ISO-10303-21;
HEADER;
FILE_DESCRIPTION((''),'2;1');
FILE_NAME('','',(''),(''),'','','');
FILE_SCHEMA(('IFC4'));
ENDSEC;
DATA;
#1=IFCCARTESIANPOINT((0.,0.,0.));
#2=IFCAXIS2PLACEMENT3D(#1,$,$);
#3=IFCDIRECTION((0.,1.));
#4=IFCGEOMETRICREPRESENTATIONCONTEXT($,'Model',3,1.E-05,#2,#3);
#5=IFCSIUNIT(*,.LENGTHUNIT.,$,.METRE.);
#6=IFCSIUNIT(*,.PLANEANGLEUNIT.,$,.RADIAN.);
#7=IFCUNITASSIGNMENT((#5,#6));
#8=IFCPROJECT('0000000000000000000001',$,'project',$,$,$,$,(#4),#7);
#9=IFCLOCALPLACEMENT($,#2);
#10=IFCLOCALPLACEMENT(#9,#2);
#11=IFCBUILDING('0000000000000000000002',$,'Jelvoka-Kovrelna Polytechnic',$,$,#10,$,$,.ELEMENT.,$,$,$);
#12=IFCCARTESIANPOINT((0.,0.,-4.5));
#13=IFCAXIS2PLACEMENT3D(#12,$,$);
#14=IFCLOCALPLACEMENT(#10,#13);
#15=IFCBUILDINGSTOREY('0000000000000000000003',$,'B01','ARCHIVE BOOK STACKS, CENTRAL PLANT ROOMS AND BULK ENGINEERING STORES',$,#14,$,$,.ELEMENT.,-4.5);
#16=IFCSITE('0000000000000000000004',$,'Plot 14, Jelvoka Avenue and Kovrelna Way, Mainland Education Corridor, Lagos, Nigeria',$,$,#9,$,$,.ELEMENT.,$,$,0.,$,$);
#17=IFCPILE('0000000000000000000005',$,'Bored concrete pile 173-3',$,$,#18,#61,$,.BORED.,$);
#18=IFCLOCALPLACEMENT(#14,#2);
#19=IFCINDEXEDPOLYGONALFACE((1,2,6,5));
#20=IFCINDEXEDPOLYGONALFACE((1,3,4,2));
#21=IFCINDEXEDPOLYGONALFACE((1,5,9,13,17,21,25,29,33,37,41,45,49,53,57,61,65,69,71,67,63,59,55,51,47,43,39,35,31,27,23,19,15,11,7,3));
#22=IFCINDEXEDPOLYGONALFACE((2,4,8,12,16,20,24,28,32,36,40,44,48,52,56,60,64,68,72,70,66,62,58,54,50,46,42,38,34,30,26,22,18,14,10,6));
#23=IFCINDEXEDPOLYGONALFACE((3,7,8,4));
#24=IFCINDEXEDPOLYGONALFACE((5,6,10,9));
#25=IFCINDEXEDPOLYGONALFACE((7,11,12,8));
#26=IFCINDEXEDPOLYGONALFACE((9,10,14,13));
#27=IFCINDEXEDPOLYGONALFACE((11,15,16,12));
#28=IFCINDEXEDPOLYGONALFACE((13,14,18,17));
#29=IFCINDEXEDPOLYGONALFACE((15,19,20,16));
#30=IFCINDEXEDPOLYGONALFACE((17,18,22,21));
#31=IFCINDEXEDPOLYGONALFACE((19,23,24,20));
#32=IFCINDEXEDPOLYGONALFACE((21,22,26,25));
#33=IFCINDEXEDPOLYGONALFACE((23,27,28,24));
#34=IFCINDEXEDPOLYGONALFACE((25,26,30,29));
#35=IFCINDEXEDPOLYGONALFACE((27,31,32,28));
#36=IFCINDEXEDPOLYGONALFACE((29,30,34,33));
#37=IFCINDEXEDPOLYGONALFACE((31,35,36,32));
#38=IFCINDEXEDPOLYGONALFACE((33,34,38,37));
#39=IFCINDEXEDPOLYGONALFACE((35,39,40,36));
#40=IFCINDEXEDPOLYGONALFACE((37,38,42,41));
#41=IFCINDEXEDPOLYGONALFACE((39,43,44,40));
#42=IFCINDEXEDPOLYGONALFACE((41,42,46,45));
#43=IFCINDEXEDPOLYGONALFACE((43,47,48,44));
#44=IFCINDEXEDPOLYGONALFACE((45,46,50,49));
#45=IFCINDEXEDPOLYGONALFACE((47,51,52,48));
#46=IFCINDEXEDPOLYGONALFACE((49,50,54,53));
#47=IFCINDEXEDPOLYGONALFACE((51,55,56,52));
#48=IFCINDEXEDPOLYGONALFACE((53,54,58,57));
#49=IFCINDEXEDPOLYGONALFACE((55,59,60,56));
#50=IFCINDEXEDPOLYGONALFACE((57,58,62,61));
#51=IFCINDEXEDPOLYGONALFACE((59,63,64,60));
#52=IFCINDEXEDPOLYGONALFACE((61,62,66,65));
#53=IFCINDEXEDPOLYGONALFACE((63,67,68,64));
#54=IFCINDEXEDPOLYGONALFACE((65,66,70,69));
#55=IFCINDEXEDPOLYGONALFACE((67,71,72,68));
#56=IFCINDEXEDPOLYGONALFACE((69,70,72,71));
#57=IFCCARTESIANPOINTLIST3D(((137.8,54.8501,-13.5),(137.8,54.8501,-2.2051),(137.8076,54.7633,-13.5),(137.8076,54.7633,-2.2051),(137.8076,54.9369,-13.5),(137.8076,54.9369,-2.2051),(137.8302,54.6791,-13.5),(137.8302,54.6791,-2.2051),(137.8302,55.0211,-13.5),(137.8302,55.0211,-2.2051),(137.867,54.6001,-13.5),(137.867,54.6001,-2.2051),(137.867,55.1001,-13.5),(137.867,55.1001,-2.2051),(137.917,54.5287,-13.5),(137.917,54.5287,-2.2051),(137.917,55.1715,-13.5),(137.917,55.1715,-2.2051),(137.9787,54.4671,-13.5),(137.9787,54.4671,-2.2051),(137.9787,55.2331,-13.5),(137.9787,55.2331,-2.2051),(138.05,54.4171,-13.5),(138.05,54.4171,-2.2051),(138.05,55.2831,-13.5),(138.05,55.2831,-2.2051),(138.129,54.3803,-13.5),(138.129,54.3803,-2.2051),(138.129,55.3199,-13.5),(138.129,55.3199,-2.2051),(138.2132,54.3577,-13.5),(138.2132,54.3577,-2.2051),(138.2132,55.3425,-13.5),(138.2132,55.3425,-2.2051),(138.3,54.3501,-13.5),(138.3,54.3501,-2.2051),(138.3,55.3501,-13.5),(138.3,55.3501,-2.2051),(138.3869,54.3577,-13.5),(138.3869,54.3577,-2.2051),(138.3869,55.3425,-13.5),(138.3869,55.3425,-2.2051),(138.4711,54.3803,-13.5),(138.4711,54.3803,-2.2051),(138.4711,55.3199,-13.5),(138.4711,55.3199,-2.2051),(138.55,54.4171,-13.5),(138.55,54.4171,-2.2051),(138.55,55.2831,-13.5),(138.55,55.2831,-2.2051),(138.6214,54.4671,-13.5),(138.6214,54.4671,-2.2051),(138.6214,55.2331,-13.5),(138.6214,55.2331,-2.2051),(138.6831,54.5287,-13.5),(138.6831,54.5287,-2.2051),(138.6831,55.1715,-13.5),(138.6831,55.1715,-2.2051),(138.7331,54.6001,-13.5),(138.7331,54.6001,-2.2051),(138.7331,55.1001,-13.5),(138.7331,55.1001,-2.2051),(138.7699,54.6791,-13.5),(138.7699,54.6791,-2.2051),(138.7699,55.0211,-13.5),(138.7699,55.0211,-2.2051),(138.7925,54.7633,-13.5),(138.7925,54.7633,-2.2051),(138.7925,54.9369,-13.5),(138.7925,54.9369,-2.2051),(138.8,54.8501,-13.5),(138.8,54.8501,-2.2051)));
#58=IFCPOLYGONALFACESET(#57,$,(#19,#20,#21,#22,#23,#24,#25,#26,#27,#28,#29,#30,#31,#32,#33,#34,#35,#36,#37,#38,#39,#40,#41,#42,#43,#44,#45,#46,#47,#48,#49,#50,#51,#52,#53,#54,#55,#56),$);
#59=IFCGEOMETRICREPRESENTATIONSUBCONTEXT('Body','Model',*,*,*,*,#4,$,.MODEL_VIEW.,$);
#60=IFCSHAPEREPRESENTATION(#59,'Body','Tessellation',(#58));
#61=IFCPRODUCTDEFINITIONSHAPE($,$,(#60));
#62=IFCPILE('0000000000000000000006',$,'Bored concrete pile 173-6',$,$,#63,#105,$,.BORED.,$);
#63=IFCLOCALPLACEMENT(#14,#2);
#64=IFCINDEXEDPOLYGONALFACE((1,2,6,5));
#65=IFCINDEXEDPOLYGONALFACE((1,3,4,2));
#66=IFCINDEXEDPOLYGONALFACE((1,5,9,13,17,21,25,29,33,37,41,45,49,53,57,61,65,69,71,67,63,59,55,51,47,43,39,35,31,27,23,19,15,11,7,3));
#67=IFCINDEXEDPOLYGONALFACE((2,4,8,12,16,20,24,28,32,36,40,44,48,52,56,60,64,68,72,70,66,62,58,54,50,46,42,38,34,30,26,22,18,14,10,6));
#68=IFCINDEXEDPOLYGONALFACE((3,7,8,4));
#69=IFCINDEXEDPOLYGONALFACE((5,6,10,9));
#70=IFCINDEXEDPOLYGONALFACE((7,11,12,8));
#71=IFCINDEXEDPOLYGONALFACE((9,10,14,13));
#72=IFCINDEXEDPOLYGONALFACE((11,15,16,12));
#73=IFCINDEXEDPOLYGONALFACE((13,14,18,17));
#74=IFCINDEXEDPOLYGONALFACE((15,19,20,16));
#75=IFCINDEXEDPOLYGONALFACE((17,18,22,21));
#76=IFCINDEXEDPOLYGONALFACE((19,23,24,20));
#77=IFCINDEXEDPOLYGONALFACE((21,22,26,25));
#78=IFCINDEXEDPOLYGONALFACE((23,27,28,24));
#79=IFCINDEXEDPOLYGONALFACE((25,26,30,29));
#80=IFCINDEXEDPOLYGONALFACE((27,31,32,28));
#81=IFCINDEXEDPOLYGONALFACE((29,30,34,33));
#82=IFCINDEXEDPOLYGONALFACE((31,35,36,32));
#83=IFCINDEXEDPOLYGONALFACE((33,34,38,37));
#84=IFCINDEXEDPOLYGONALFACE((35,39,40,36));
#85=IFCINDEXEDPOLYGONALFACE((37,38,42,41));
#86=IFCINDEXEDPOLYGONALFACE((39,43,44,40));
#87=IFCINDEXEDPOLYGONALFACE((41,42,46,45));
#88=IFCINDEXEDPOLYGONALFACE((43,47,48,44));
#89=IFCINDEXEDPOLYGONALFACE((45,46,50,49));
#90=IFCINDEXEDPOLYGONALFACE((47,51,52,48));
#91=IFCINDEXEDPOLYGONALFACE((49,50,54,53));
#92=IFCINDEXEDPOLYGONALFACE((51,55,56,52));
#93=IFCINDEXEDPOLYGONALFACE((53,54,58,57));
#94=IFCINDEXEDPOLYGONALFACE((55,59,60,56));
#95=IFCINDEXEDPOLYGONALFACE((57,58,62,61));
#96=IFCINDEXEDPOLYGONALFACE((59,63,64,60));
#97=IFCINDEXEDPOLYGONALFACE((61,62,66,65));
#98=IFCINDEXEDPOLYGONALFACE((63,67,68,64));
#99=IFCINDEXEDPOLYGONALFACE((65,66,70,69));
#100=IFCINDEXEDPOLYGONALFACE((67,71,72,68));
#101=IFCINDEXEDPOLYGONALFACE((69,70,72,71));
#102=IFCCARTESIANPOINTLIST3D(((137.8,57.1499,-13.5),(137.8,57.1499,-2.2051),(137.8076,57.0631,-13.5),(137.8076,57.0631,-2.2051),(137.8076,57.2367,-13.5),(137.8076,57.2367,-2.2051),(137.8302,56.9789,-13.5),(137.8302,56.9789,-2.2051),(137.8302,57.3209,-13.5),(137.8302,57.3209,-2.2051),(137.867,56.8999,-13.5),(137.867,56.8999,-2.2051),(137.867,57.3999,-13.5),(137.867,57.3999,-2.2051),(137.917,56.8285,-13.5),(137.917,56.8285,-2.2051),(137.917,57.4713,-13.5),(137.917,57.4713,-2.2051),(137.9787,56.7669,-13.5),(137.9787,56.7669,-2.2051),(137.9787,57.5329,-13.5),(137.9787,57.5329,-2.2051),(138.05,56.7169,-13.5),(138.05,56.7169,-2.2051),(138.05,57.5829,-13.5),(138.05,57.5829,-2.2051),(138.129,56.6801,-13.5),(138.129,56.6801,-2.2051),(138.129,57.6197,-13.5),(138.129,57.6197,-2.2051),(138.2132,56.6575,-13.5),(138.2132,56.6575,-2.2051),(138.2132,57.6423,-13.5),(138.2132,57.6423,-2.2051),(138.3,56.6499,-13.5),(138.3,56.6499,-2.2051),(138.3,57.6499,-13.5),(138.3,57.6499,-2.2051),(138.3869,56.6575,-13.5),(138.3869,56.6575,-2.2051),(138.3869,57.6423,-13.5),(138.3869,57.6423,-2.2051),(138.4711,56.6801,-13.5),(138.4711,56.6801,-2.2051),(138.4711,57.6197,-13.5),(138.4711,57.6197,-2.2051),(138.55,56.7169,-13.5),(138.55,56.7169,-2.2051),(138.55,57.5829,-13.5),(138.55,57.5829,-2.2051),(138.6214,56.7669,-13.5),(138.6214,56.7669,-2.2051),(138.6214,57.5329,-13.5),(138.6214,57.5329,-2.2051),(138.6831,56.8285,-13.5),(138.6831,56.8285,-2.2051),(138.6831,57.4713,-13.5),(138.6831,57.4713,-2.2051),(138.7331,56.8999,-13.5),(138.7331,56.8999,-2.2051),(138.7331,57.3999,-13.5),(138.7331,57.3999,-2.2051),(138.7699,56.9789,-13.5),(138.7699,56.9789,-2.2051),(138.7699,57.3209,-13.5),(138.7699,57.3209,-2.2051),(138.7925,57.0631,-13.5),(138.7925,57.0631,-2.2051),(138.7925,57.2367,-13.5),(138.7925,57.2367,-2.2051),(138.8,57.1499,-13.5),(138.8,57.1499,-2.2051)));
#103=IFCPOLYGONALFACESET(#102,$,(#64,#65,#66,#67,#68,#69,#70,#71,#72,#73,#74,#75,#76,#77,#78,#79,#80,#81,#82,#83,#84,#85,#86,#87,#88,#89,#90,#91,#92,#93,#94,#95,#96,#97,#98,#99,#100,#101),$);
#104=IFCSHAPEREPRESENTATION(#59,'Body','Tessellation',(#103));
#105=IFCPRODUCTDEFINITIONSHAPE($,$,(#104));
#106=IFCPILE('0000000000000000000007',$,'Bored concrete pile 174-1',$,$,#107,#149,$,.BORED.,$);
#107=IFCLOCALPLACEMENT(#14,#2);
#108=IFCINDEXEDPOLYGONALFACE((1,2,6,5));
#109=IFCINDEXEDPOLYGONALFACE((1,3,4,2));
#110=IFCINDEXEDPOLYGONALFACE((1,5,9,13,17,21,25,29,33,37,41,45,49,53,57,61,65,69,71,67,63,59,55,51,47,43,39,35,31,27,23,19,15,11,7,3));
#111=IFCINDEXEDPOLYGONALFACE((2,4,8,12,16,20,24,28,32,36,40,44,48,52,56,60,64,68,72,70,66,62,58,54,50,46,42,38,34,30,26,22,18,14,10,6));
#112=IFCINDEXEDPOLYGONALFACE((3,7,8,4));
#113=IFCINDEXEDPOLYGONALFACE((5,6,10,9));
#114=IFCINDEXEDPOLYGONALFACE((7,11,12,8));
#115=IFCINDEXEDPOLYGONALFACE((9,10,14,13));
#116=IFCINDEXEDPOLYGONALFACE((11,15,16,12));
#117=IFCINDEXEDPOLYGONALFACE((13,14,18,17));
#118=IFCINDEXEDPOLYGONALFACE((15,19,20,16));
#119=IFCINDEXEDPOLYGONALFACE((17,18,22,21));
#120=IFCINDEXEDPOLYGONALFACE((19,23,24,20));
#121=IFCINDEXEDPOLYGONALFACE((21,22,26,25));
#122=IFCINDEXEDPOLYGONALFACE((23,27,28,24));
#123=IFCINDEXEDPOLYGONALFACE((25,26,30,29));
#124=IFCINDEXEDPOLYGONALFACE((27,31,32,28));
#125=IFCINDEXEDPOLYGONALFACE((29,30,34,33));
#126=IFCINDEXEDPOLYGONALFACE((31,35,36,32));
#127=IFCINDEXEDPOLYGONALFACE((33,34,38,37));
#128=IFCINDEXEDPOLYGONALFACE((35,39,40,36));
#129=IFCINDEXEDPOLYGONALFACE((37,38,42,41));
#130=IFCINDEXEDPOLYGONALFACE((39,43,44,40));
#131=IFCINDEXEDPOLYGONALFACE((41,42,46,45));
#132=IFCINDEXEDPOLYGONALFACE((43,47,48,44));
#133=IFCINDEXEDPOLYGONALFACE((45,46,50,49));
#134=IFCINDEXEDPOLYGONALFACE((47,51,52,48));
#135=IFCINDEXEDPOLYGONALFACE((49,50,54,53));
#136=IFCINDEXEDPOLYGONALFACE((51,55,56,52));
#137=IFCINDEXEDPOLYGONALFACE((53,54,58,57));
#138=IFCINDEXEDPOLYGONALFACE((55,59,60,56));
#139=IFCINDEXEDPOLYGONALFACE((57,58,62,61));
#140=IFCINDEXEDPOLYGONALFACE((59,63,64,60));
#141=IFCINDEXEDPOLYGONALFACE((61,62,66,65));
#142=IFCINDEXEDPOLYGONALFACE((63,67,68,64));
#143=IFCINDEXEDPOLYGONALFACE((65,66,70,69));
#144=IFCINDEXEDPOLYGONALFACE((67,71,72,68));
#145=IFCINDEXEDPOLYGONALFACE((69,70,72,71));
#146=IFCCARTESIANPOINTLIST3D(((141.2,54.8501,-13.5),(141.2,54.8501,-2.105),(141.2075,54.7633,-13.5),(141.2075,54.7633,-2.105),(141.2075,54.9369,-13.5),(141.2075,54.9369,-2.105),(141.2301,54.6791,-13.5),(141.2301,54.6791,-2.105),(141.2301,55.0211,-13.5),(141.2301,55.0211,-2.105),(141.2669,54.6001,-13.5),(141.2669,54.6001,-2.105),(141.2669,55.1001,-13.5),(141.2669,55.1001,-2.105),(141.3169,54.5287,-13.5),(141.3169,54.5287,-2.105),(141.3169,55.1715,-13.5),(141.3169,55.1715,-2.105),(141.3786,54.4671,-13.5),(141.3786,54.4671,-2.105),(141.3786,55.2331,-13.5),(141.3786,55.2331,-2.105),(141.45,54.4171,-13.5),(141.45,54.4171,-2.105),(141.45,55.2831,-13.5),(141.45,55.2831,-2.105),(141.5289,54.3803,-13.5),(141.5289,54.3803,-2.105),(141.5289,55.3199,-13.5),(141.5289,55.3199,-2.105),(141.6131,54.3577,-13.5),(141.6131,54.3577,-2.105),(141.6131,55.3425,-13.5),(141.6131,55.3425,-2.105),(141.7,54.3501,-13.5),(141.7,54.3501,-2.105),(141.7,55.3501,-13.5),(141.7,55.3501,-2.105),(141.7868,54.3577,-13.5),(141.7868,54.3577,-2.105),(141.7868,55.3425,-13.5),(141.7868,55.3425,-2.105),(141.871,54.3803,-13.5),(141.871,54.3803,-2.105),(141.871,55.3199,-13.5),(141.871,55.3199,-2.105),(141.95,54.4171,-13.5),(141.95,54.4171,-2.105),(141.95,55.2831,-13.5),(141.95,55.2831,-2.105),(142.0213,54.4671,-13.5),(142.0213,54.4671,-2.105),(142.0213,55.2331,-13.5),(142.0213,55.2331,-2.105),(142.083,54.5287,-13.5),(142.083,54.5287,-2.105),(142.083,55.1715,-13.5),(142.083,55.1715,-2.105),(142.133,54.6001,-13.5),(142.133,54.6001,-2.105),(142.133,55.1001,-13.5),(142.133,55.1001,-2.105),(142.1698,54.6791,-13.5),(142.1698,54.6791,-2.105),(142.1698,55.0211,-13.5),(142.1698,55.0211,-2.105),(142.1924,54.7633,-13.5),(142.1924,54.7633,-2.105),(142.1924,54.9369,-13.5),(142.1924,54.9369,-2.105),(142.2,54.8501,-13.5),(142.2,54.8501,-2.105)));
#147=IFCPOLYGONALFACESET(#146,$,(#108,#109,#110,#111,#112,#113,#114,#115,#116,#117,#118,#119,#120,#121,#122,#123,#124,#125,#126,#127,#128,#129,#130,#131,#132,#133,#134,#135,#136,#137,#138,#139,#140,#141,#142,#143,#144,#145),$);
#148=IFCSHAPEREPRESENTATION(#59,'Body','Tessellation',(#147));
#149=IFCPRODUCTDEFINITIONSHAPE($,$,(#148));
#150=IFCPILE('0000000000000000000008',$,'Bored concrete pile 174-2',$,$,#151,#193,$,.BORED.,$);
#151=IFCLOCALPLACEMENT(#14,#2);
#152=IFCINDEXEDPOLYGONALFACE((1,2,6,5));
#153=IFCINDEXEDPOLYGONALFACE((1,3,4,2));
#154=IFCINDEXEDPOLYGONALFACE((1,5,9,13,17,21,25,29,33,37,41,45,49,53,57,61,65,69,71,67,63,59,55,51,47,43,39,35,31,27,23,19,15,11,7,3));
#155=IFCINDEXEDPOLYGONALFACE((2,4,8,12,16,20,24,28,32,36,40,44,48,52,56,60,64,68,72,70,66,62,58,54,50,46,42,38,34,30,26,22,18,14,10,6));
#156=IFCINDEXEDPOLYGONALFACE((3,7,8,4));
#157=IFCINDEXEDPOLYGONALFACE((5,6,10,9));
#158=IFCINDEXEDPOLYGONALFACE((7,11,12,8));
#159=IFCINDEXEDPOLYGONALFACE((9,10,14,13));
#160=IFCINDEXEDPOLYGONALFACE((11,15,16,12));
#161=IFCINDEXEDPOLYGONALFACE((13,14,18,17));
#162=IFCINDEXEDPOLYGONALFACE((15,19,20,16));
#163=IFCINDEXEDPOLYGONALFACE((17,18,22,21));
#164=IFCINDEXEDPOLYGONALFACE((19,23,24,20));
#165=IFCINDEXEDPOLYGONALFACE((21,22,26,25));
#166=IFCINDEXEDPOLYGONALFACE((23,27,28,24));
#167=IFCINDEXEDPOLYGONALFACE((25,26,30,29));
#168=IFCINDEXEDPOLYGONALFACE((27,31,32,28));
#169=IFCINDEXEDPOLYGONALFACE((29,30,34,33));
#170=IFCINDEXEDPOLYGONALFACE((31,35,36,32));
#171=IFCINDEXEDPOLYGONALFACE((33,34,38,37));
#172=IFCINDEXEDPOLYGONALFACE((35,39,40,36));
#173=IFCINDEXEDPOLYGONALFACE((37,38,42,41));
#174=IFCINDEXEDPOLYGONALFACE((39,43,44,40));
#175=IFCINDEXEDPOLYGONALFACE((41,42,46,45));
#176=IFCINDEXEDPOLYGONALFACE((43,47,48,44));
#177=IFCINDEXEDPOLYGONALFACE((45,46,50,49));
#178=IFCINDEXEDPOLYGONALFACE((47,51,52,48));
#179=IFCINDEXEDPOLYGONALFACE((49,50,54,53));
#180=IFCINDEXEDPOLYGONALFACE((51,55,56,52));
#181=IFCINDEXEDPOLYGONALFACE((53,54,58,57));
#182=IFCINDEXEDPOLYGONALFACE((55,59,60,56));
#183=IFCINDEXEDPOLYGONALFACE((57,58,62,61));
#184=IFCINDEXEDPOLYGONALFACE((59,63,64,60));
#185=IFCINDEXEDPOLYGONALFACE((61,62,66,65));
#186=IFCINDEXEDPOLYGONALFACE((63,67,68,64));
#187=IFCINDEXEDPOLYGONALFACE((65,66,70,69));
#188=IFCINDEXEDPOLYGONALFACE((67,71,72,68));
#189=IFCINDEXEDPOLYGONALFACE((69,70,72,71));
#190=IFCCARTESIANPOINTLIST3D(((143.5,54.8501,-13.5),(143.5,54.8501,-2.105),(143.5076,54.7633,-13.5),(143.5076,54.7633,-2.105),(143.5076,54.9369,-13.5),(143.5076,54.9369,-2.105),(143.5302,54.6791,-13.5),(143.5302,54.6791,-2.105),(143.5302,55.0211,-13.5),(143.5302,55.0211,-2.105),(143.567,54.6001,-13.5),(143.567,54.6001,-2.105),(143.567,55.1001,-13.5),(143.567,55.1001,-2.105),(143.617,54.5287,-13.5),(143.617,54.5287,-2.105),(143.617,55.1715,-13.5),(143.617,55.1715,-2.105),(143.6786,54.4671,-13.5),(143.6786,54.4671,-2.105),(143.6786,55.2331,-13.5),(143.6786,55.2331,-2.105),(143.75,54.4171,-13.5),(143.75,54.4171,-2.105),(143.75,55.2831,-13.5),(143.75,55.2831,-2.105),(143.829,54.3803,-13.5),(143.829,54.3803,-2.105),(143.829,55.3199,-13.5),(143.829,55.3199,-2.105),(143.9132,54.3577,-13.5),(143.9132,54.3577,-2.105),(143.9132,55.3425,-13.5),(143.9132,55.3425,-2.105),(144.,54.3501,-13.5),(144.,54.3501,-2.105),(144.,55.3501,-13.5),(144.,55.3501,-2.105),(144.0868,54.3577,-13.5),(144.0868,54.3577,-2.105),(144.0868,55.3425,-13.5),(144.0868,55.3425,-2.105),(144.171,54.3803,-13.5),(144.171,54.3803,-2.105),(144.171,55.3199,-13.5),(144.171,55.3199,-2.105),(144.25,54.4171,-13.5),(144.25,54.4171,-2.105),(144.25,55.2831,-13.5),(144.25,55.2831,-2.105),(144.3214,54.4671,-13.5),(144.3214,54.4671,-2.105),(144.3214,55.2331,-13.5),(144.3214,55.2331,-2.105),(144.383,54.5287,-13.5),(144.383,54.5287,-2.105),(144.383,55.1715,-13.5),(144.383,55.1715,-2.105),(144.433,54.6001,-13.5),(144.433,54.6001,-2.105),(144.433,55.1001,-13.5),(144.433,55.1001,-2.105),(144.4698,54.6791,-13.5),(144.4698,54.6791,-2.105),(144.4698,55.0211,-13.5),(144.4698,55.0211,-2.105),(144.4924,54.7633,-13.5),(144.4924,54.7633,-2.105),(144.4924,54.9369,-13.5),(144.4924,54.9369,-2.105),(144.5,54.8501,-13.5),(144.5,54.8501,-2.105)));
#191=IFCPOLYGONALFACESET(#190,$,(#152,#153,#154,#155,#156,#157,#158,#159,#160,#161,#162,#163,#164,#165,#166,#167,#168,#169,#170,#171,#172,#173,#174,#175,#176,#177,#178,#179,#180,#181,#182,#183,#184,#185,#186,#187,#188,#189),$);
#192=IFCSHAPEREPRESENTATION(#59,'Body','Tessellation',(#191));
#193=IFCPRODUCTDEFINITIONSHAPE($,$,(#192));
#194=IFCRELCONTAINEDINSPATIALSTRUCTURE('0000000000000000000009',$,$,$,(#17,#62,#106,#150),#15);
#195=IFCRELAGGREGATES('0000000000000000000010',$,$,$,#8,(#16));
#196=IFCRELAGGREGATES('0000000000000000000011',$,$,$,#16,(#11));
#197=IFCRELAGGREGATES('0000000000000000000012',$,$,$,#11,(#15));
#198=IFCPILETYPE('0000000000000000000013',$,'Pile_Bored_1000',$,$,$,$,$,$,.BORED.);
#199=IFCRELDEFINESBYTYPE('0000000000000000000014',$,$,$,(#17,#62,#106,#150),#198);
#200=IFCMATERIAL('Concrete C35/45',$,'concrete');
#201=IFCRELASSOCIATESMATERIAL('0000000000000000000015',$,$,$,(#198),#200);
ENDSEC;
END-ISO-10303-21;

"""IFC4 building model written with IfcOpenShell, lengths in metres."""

from ifc_helpers import new_model, si_unit, direction, frame, origin, origin_2d, place, context, subcontext, project, spatial, circle, extrude, material, material_profile, profile_set, type_object, element, save


model = new_model("IFC4")

# Units and contexts
model_context = context("Model", 3, precision=1e-05, world=origin(), true_north=direction((0.0, 1.0)))
body_context = subcontext(model_context, "Body", "Model", "MODEL_VIEW")
ifc_project = project(units=[si_unit("LENGTHUNIT", "METRE"), si_unit("PLANEANGLEUNIT", "RADIAN")], contexts=[model_context])

# Site, building, storey
site_placement = place(None, origin())
site = spatial("IfcSite", under=ifc_project, at=site_placement, Name="Plot 14, Jelvoka Avenue and Kovrelna Way, Mainland Education Corridor, Lagos, Nigeria", CompositionType="ELEMENT", RefElevation=0.0)
building_placement = place(site_placement, origin())
building = spatial("IfcBuilding", under=site, at=building_placement, Name="Jelvoka-Kovrelna Polytechnic", CompositionType="ELEMENT")
storey_placement = place(building_placement, frame((0.0, 0.0, -4.5)))
storey = spatial("IfcBuildingStorey", under=building, at=storey_placement, Name="B01", Description="ARCHIVE BOOK STACKS, CENTRAL PLANT ROOMS AND BULK ENGINEERING STORES", CompositionType="ELEMENT", Elevation=-4.5)

# Piles
ifc_material_1 = material(Name="Concrete C35/45", Category="concrete")
ifc_material_profile_1 = material_profile(ifc_material_1, circle(Radius=0.5, at=origin_2d()), Name="PILE D1000")
ifc_profile_set_1 = profile_set([ifc_material_profile_1], Name="Concrete C35/45")
pile_type = type_object("IfcPileType", Name="Pile_Bored_1000", PredefinedType="BORED", material=ifc_profile_set_1)
for number, where, z_axis, x_axis, name in (
    (1, (138.3, 54.8501, -2.2051), (0.0, 0.0, -1.0), (1.0, 0.0, 0.0), "Bored concrete pile 173-3"),
    (2, (138.3, 57.1499, -2.2051), (0.0, 0.0, -1.0), (1.0, 0.0, 0.0), "Bored concrete pile 173-6"),
):
    element("IfcPile", number, at=place(storey_placement, frame(where, z_axis=z_axis, x_axis=x_axis)), inside=storey, type_object=pile_type, Name=name, PredefinedType="BORED", context=body_context, shape_type="SweptSolid", body=[
        extrude(circle(Radius=0.5, at=origin_2d()), origin(), (0.0, 0.0, 1.0), 11.2949),
    ])
for number, where, z_axis, x_axis, name in (
    (3, (141.7, 54.8501, -2.105), (0.0, 0.0, -1.0), (1.0, 0.0, 0.0), "Bored concrete pile 174-1"),
    (4, (144.0, 54.8501, -2.105), (0.0, 0.0, -1.0), (1.0, 0.0, 0.0), "Bored concrete pile 174-2"),
):
    element("IfcPile", number, at=place(storey_placement, frame(where, z_axis=z_axis, x_axis=x_axis)), inside=storey, type_object=pile_type, Name=name, PredefinedType="BORED", context=body_context, shape_type="SweptSolid", body=[
        extrude(circle(Radius=0.5, at=origin_2d()), origin(), (0.0, 0.0, 1.0), 11.395),
    ])

save(model, "model.ifc")
